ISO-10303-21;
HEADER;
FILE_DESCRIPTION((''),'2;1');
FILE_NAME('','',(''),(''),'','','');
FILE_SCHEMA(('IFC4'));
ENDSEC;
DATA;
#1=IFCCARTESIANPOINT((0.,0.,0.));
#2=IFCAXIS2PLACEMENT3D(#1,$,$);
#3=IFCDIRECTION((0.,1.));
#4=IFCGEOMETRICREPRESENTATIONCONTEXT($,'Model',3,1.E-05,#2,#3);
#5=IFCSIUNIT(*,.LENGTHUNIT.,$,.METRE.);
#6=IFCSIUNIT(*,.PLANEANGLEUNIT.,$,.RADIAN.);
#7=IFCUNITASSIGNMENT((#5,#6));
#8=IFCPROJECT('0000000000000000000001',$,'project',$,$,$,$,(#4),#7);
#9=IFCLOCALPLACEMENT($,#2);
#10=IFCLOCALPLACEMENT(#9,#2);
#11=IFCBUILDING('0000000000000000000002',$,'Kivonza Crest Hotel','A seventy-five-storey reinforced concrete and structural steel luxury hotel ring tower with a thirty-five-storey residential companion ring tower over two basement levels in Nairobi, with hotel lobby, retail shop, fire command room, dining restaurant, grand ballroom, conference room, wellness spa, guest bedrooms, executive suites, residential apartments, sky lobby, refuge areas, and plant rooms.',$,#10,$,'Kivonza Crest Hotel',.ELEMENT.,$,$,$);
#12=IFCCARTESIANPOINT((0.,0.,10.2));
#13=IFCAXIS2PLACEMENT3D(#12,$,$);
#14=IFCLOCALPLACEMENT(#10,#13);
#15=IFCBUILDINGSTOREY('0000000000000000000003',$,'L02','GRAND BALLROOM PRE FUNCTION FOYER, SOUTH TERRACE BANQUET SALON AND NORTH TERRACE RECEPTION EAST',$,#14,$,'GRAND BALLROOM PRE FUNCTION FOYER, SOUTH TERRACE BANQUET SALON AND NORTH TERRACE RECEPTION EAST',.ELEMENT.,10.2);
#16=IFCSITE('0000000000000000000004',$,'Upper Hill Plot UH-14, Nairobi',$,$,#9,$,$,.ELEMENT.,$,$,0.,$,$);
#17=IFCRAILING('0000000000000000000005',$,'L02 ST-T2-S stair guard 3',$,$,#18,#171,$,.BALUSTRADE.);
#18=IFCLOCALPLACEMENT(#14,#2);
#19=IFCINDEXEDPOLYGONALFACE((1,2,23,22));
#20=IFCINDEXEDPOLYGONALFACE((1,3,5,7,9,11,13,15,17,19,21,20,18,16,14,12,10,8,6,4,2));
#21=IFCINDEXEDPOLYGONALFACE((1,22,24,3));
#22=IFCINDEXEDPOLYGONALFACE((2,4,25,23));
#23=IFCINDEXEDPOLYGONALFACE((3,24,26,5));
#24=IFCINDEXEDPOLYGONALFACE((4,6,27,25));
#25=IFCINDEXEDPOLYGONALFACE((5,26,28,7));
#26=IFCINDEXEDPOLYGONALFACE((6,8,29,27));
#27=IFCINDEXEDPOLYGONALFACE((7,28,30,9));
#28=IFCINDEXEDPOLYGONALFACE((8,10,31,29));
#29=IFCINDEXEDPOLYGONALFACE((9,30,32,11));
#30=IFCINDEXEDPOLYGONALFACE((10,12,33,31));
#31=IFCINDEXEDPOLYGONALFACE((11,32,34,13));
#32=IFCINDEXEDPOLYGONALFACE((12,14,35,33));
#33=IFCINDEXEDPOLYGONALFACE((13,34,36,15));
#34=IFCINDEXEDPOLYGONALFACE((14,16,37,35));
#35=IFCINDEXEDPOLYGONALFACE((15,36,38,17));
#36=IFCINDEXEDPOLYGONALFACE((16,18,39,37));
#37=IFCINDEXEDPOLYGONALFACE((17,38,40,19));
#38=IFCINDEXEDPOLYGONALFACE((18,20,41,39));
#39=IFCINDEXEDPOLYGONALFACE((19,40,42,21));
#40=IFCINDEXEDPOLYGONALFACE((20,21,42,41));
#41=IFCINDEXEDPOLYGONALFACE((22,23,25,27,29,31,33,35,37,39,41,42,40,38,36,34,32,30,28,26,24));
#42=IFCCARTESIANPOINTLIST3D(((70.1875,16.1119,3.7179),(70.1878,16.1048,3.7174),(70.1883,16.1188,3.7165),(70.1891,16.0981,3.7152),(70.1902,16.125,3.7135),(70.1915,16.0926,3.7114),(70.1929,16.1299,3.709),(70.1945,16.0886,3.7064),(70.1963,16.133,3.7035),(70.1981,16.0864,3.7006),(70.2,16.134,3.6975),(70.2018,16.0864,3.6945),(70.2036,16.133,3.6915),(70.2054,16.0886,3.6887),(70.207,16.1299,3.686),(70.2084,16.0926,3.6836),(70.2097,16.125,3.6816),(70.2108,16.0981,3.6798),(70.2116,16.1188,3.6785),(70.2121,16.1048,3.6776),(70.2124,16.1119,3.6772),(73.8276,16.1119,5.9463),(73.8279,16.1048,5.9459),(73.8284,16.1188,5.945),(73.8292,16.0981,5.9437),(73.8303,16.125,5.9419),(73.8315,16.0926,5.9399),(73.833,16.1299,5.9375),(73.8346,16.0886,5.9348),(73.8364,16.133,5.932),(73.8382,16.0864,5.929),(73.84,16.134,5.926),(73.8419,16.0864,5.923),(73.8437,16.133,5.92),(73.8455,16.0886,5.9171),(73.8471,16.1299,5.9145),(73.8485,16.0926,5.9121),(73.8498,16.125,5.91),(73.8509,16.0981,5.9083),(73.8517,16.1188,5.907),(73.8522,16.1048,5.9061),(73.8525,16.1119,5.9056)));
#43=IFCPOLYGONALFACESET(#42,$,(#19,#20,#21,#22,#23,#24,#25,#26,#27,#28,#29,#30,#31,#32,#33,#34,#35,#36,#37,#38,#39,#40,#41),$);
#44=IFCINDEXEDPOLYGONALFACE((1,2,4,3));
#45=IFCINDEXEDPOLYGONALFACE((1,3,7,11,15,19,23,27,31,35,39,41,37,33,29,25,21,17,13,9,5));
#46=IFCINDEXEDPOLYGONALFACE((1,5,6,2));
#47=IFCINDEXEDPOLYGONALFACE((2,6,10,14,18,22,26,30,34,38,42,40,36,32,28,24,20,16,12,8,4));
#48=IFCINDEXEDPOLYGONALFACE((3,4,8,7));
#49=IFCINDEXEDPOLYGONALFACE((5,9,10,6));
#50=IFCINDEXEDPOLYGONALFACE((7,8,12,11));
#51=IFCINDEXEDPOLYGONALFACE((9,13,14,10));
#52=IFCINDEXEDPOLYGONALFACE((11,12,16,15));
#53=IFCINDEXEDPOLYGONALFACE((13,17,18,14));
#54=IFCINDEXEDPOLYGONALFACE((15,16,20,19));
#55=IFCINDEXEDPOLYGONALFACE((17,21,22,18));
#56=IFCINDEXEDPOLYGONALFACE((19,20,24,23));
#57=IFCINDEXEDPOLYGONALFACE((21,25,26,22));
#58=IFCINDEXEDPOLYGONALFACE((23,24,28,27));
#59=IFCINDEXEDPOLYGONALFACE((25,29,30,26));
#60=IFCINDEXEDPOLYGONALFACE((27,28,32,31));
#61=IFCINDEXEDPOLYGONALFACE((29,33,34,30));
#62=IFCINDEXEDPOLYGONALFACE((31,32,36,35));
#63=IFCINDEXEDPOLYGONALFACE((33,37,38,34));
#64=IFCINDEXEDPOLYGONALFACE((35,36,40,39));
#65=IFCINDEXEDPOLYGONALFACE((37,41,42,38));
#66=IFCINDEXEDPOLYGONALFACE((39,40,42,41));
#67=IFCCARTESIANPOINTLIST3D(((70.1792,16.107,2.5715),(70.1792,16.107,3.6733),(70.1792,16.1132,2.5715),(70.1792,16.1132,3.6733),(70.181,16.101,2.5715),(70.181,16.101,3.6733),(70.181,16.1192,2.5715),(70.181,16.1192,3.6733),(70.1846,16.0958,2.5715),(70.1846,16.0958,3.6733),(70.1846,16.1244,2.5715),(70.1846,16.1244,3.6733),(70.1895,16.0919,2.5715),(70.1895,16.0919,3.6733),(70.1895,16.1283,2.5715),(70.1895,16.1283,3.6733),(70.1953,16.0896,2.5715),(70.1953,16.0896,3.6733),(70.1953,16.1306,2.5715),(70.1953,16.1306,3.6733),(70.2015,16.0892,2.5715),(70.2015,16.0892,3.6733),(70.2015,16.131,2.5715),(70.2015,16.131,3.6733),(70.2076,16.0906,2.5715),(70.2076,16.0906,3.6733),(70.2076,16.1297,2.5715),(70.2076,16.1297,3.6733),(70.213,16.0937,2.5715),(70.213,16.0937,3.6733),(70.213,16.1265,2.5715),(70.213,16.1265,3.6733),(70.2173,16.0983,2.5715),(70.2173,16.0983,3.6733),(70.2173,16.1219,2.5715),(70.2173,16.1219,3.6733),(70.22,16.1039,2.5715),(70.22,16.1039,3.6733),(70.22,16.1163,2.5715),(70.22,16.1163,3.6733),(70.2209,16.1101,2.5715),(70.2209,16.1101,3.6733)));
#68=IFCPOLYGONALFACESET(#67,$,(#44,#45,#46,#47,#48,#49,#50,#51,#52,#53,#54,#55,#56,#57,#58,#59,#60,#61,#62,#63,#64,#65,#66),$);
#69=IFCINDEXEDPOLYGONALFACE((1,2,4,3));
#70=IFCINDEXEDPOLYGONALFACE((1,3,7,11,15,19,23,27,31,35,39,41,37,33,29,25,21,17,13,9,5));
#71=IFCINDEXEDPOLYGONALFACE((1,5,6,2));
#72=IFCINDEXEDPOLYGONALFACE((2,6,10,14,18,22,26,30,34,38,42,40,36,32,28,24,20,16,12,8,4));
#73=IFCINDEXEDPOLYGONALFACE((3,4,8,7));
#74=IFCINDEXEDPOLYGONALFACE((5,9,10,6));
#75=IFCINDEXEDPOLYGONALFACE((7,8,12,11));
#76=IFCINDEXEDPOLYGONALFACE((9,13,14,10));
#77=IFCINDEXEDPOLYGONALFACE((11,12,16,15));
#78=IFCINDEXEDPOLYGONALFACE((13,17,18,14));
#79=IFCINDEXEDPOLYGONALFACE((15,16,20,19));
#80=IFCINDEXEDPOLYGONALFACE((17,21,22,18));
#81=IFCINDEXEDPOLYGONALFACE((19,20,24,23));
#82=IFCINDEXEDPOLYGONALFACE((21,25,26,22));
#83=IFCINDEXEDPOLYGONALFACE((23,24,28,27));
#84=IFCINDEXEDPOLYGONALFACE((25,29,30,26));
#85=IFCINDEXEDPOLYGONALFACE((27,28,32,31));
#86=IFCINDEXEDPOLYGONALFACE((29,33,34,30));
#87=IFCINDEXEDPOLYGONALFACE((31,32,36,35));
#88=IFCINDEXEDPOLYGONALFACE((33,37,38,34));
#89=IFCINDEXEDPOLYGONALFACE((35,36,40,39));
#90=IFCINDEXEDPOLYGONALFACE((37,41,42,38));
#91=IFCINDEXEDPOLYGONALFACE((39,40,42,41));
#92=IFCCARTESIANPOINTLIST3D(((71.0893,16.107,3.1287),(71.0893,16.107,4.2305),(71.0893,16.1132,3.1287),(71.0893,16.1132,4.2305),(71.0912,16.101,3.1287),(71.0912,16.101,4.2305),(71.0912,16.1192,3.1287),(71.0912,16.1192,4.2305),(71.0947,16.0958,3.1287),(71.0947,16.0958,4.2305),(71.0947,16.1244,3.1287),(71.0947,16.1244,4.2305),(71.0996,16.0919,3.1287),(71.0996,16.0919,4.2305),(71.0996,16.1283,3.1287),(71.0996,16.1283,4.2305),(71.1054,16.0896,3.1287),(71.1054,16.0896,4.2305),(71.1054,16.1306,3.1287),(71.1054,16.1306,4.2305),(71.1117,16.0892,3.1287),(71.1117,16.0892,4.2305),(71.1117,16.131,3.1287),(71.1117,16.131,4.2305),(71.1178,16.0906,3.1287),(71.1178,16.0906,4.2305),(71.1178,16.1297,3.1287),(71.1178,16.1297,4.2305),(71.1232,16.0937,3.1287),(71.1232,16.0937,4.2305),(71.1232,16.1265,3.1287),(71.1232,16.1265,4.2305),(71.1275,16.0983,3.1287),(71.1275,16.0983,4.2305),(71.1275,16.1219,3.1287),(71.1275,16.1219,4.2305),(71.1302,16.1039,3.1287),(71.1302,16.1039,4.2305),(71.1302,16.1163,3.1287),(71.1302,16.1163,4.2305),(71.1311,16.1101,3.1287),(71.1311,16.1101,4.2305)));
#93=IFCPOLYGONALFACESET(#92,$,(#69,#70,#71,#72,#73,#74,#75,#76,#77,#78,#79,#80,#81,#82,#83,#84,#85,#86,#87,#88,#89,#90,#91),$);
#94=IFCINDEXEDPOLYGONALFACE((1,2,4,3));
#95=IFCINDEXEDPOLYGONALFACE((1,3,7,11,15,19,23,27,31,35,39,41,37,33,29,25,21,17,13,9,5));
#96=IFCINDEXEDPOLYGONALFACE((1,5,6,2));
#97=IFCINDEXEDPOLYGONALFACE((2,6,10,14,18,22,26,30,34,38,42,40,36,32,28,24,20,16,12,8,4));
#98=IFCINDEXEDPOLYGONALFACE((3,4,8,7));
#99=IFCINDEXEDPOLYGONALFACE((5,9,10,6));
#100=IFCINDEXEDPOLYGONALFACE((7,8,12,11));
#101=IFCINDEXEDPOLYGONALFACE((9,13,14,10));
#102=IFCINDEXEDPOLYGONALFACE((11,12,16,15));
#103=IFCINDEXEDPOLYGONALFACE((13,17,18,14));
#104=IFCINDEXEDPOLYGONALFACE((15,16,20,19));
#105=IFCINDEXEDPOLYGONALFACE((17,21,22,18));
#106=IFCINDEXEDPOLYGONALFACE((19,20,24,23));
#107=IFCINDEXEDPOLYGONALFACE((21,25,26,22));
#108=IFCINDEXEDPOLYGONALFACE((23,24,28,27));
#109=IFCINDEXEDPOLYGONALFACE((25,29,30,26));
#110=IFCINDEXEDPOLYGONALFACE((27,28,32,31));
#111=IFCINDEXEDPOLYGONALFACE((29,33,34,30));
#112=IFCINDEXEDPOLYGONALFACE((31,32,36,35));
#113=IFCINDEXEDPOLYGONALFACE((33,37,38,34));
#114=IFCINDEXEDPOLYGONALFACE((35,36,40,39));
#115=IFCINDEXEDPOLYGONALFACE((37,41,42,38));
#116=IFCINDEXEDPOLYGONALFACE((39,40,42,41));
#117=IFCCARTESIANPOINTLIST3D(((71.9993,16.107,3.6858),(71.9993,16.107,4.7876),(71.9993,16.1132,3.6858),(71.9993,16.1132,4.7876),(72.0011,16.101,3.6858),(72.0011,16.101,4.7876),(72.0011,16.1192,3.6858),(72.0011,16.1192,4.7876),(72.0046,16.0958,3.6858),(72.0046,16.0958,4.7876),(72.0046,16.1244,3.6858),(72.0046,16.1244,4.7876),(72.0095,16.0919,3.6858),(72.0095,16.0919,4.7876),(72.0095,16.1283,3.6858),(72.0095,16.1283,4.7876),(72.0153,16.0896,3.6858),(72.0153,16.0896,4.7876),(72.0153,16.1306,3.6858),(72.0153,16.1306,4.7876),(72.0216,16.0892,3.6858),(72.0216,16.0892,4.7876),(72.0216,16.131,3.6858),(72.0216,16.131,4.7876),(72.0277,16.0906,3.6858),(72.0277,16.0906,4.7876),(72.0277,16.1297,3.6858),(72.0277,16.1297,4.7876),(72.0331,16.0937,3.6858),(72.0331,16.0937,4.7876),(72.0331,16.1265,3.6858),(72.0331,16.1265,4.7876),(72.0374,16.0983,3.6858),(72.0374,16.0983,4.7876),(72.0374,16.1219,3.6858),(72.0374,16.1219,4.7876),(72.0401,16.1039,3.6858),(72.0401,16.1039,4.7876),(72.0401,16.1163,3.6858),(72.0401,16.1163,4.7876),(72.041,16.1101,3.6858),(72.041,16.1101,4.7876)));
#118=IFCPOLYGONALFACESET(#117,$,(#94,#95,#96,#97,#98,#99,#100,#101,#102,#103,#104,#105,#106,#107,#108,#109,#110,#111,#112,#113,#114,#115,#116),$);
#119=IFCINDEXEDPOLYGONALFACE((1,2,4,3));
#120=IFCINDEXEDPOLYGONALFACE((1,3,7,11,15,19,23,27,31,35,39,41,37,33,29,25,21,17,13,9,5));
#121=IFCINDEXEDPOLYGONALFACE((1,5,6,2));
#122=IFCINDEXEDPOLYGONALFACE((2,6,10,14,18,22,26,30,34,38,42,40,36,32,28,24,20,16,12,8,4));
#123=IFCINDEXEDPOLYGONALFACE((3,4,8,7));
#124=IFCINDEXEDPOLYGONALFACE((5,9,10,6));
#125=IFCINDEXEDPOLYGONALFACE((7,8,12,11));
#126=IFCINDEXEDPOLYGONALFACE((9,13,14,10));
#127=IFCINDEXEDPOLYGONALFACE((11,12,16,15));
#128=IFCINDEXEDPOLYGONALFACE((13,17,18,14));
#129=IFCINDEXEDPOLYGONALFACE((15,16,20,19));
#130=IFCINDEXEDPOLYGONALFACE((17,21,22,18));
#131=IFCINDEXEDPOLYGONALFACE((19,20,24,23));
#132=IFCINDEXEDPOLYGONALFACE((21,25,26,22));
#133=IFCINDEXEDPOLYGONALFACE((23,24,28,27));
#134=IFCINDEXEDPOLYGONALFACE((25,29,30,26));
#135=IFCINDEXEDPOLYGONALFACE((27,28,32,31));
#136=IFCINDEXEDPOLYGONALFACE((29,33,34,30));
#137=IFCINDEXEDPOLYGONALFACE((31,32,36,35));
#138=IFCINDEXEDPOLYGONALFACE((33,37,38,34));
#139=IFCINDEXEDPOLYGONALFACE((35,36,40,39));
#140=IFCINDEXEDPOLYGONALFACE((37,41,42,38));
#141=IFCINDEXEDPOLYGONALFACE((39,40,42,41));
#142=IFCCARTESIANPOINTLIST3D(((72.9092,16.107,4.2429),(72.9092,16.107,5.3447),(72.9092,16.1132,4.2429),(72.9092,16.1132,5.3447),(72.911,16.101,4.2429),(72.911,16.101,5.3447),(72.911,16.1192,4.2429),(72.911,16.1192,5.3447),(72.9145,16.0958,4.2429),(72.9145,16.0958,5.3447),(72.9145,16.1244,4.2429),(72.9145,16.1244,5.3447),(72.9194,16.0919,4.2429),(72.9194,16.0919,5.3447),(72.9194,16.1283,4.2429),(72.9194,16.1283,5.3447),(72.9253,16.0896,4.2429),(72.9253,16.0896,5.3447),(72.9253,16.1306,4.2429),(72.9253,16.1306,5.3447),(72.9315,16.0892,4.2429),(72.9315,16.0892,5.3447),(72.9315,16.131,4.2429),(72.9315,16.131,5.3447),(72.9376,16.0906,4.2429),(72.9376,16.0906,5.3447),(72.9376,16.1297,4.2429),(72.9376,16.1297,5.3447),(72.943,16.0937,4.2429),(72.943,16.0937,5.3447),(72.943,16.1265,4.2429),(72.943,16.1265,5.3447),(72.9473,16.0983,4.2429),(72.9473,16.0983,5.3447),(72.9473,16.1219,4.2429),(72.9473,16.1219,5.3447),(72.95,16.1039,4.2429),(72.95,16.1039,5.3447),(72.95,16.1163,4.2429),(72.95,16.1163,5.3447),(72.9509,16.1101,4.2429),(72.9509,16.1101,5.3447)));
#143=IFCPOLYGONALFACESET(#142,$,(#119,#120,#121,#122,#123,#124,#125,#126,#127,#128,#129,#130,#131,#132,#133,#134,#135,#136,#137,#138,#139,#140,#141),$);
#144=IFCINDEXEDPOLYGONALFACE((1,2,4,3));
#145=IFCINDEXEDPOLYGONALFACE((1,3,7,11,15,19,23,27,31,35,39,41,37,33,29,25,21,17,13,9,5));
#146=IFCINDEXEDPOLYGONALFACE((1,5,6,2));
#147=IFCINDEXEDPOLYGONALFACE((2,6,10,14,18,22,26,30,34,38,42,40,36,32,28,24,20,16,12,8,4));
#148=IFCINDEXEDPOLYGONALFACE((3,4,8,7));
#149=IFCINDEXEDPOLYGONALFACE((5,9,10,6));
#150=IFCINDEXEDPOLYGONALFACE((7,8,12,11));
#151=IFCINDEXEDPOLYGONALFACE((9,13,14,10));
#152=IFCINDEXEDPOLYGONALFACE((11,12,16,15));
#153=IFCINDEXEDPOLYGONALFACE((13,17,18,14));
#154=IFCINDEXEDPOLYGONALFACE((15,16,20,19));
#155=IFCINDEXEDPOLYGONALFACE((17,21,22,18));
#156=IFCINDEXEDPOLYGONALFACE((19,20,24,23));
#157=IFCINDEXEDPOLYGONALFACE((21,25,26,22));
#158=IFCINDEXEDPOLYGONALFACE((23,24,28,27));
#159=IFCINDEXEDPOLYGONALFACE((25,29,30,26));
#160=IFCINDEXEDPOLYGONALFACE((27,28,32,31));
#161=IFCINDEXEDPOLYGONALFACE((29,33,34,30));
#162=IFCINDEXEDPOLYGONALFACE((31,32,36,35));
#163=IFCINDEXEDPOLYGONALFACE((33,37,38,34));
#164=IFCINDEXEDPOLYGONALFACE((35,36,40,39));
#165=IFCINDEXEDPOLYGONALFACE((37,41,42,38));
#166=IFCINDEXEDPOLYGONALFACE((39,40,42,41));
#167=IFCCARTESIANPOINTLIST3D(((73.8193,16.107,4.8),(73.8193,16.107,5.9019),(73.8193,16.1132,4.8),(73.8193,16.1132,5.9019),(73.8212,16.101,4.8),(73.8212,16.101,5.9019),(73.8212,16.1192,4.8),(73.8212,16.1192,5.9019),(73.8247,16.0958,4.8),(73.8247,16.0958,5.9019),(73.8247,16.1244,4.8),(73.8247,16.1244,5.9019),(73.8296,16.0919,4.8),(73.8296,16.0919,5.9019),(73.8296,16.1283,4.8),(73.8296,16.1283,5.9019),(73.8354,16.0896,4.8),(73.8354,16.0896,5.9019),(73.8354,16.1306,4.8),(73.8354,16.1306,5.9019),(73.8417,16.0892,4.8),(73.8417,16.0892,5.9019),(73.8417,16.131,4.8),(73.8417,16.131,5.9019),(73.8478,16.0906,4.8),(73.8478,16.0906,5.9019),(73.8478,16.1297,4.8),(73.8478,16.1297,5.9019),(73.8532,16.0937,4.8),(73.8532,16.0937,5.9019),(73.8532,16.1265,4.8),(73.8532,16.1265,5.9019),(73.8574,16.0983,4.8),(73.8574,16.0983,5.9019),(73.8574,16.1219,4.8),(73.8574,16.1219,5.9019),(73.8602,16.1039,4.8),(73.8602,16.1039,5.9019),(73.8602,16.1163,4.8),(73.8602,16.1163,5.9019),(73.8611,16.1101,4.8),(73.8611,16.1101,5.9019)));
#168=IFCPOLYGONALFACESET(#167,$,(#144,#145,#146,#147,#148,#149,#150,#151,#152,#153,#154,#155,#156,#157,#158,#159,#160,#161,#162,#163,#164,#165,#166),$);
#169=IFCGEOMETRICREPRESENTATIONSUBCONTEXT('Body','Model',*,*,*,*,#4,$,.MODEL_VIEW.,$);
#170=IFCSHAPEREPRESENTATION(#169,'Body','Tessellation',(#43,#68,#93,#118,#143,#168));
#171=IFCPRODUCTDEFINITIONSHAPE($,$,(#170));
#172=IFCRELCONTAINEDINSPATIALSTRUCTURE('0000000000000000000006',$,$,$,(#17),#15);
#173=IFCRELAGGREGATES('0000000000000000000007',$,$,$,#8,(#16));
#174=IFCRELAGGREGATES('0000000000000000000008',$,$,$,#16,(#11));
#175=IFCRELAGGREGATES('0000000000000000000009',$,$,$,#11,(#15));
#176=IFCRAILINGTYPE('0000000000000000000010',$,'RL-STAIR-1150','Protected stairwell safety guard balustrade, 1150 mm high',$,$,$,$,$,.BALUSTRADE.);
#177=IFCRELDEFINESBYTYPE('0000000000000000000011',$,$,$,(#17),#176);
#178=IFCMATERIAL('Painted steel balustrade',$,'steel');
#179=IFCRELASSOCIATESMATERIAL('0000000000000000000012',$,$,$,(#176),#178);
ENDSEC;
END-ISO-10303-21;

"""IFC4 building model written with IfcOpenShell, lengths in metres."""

from ifc_helpers import new_model, si_unit, direction, frame, origin, origin_2d, place, context, subcontext, project, spatial, circle, extrude, material, type_object, element, save


model = new_model("IFC4")

# Units and contexts
model_context = context("Model", 3, precision=1e-05, world=origin(), true_north=direction((0.0, 1.0)))
body_context = subcontext(model_context, "Body", "Model", "MODEL_VIEW")
ifc_project = project(units=[si_unit("LENGTHUNIT", "METRE"), si_unit("PLANEANGLEUNIT", "RADIAN")], contexts=[model_context])

# Site, building, storey
site_placement = place(None, origin())
site = spatial("IfcSite", under=ifc_project, at=site_placement, Name="Upper Hill Plot UH-14, Nairobi", CompositionType="ELEMENT", RefElevation=0.0)
building_placement = place(site_placement, origin())
building = spatial("IfcBuilding", under=site, at=building_placement, Name="Kivonza Crest Hotel", Description="A seventy-five-storey reinforced concrete and structural steel luxury hotel ring tower with a thirty-five-storey residential companion ring tower over two basement levels in Nairobi, with hotel lobby, retail shop, fire command room, dining restaurant, grand ballroom, conference room, wellness spa, guest bedrooms, executive suites, residential apartments, sky lobby, refuge areas, and plant rooms.", LongName="Kivonza Crest Hotel", CompositionType="ELEMENT")
storey_placement = place(building_placement, frame((0.0, 0.0, 10.2)))
storey = spatial("IfcBuildingStorey", under=building, at=storey_placement, Name="L02", Description="GRAND BALLROOM PRE FUNCTION FOYER, SOUTH TERRACE BANQUET SALON AND NORTH TERRACE RECEPTION EAST", LongName="GRAND BALLROOM PRE FUNCTION FOYER, SOUTH TERRACE BANQUET SALON AND NORTH TERRACE RECEPTION EAST", CompositionType="ELEMENT", Elevation=10.2)

# Railing
ifc_material_1 = material(Name="Painted steel balustrade", Category="steel")
railing_type_1 = type_object("IfcRailingType", Name="RL-STAIR-1150", Description="Protected stairwell safety guard balustrade, 1150 mm high", PredefinedType="BALUSTRADE", material=ifc_material_1)
railing_1_placement = place(storey_placement, frame((70.2, 16.1101, 2.5715)))
element("IfcRailing", 1, at=railing_1_placement, inside=storey, type_object=railing_type_1, Name="L02 ST-T2-S stair guard 3", PredefinedType="BALUSTRADE", context=body_context, shape_type="SweptSolid", body=[
    extrude(circle(Radius=0.0239, at=origin_2d()), frame((0.0, 0.0, 1.126), z_axis=(0.852866, 0.0, 0.52213), x_axis=(0.0, 1.0, 0.0)), (0.0, 0.0, 1.0), 4.2681),
    extrude(circle(Radius=0.021, at=origin_2d()), origin(), (0.0, 0.0, 1.0), 1.1018),
    extrude(circle(Radius=0.021, at=origin_2d()), frame((0.9102, 0.0, 0.5571)), (0.0, 0.0, 1.0), 1.1018),
    extrude(circle(Radius=0.021, at=origin_2d()), frame((1.8201, 0.0, 1.1143)), (0.0, 0.0, 1.0), 1.1018),
    extrude(circle(Radius=0.021, at=origin_2d()), frame((2.73, 0.0, 1.6714)), (0.0, 0.0, 1.0), 1.1018),
    extrude(circle(Radius=0.021, at=origin_2d()), frame((3.6401, 0.0, 2.2285)), (0.0, 0.0, 1.0), 1.1018),
])

save(model, "model.ifc")
